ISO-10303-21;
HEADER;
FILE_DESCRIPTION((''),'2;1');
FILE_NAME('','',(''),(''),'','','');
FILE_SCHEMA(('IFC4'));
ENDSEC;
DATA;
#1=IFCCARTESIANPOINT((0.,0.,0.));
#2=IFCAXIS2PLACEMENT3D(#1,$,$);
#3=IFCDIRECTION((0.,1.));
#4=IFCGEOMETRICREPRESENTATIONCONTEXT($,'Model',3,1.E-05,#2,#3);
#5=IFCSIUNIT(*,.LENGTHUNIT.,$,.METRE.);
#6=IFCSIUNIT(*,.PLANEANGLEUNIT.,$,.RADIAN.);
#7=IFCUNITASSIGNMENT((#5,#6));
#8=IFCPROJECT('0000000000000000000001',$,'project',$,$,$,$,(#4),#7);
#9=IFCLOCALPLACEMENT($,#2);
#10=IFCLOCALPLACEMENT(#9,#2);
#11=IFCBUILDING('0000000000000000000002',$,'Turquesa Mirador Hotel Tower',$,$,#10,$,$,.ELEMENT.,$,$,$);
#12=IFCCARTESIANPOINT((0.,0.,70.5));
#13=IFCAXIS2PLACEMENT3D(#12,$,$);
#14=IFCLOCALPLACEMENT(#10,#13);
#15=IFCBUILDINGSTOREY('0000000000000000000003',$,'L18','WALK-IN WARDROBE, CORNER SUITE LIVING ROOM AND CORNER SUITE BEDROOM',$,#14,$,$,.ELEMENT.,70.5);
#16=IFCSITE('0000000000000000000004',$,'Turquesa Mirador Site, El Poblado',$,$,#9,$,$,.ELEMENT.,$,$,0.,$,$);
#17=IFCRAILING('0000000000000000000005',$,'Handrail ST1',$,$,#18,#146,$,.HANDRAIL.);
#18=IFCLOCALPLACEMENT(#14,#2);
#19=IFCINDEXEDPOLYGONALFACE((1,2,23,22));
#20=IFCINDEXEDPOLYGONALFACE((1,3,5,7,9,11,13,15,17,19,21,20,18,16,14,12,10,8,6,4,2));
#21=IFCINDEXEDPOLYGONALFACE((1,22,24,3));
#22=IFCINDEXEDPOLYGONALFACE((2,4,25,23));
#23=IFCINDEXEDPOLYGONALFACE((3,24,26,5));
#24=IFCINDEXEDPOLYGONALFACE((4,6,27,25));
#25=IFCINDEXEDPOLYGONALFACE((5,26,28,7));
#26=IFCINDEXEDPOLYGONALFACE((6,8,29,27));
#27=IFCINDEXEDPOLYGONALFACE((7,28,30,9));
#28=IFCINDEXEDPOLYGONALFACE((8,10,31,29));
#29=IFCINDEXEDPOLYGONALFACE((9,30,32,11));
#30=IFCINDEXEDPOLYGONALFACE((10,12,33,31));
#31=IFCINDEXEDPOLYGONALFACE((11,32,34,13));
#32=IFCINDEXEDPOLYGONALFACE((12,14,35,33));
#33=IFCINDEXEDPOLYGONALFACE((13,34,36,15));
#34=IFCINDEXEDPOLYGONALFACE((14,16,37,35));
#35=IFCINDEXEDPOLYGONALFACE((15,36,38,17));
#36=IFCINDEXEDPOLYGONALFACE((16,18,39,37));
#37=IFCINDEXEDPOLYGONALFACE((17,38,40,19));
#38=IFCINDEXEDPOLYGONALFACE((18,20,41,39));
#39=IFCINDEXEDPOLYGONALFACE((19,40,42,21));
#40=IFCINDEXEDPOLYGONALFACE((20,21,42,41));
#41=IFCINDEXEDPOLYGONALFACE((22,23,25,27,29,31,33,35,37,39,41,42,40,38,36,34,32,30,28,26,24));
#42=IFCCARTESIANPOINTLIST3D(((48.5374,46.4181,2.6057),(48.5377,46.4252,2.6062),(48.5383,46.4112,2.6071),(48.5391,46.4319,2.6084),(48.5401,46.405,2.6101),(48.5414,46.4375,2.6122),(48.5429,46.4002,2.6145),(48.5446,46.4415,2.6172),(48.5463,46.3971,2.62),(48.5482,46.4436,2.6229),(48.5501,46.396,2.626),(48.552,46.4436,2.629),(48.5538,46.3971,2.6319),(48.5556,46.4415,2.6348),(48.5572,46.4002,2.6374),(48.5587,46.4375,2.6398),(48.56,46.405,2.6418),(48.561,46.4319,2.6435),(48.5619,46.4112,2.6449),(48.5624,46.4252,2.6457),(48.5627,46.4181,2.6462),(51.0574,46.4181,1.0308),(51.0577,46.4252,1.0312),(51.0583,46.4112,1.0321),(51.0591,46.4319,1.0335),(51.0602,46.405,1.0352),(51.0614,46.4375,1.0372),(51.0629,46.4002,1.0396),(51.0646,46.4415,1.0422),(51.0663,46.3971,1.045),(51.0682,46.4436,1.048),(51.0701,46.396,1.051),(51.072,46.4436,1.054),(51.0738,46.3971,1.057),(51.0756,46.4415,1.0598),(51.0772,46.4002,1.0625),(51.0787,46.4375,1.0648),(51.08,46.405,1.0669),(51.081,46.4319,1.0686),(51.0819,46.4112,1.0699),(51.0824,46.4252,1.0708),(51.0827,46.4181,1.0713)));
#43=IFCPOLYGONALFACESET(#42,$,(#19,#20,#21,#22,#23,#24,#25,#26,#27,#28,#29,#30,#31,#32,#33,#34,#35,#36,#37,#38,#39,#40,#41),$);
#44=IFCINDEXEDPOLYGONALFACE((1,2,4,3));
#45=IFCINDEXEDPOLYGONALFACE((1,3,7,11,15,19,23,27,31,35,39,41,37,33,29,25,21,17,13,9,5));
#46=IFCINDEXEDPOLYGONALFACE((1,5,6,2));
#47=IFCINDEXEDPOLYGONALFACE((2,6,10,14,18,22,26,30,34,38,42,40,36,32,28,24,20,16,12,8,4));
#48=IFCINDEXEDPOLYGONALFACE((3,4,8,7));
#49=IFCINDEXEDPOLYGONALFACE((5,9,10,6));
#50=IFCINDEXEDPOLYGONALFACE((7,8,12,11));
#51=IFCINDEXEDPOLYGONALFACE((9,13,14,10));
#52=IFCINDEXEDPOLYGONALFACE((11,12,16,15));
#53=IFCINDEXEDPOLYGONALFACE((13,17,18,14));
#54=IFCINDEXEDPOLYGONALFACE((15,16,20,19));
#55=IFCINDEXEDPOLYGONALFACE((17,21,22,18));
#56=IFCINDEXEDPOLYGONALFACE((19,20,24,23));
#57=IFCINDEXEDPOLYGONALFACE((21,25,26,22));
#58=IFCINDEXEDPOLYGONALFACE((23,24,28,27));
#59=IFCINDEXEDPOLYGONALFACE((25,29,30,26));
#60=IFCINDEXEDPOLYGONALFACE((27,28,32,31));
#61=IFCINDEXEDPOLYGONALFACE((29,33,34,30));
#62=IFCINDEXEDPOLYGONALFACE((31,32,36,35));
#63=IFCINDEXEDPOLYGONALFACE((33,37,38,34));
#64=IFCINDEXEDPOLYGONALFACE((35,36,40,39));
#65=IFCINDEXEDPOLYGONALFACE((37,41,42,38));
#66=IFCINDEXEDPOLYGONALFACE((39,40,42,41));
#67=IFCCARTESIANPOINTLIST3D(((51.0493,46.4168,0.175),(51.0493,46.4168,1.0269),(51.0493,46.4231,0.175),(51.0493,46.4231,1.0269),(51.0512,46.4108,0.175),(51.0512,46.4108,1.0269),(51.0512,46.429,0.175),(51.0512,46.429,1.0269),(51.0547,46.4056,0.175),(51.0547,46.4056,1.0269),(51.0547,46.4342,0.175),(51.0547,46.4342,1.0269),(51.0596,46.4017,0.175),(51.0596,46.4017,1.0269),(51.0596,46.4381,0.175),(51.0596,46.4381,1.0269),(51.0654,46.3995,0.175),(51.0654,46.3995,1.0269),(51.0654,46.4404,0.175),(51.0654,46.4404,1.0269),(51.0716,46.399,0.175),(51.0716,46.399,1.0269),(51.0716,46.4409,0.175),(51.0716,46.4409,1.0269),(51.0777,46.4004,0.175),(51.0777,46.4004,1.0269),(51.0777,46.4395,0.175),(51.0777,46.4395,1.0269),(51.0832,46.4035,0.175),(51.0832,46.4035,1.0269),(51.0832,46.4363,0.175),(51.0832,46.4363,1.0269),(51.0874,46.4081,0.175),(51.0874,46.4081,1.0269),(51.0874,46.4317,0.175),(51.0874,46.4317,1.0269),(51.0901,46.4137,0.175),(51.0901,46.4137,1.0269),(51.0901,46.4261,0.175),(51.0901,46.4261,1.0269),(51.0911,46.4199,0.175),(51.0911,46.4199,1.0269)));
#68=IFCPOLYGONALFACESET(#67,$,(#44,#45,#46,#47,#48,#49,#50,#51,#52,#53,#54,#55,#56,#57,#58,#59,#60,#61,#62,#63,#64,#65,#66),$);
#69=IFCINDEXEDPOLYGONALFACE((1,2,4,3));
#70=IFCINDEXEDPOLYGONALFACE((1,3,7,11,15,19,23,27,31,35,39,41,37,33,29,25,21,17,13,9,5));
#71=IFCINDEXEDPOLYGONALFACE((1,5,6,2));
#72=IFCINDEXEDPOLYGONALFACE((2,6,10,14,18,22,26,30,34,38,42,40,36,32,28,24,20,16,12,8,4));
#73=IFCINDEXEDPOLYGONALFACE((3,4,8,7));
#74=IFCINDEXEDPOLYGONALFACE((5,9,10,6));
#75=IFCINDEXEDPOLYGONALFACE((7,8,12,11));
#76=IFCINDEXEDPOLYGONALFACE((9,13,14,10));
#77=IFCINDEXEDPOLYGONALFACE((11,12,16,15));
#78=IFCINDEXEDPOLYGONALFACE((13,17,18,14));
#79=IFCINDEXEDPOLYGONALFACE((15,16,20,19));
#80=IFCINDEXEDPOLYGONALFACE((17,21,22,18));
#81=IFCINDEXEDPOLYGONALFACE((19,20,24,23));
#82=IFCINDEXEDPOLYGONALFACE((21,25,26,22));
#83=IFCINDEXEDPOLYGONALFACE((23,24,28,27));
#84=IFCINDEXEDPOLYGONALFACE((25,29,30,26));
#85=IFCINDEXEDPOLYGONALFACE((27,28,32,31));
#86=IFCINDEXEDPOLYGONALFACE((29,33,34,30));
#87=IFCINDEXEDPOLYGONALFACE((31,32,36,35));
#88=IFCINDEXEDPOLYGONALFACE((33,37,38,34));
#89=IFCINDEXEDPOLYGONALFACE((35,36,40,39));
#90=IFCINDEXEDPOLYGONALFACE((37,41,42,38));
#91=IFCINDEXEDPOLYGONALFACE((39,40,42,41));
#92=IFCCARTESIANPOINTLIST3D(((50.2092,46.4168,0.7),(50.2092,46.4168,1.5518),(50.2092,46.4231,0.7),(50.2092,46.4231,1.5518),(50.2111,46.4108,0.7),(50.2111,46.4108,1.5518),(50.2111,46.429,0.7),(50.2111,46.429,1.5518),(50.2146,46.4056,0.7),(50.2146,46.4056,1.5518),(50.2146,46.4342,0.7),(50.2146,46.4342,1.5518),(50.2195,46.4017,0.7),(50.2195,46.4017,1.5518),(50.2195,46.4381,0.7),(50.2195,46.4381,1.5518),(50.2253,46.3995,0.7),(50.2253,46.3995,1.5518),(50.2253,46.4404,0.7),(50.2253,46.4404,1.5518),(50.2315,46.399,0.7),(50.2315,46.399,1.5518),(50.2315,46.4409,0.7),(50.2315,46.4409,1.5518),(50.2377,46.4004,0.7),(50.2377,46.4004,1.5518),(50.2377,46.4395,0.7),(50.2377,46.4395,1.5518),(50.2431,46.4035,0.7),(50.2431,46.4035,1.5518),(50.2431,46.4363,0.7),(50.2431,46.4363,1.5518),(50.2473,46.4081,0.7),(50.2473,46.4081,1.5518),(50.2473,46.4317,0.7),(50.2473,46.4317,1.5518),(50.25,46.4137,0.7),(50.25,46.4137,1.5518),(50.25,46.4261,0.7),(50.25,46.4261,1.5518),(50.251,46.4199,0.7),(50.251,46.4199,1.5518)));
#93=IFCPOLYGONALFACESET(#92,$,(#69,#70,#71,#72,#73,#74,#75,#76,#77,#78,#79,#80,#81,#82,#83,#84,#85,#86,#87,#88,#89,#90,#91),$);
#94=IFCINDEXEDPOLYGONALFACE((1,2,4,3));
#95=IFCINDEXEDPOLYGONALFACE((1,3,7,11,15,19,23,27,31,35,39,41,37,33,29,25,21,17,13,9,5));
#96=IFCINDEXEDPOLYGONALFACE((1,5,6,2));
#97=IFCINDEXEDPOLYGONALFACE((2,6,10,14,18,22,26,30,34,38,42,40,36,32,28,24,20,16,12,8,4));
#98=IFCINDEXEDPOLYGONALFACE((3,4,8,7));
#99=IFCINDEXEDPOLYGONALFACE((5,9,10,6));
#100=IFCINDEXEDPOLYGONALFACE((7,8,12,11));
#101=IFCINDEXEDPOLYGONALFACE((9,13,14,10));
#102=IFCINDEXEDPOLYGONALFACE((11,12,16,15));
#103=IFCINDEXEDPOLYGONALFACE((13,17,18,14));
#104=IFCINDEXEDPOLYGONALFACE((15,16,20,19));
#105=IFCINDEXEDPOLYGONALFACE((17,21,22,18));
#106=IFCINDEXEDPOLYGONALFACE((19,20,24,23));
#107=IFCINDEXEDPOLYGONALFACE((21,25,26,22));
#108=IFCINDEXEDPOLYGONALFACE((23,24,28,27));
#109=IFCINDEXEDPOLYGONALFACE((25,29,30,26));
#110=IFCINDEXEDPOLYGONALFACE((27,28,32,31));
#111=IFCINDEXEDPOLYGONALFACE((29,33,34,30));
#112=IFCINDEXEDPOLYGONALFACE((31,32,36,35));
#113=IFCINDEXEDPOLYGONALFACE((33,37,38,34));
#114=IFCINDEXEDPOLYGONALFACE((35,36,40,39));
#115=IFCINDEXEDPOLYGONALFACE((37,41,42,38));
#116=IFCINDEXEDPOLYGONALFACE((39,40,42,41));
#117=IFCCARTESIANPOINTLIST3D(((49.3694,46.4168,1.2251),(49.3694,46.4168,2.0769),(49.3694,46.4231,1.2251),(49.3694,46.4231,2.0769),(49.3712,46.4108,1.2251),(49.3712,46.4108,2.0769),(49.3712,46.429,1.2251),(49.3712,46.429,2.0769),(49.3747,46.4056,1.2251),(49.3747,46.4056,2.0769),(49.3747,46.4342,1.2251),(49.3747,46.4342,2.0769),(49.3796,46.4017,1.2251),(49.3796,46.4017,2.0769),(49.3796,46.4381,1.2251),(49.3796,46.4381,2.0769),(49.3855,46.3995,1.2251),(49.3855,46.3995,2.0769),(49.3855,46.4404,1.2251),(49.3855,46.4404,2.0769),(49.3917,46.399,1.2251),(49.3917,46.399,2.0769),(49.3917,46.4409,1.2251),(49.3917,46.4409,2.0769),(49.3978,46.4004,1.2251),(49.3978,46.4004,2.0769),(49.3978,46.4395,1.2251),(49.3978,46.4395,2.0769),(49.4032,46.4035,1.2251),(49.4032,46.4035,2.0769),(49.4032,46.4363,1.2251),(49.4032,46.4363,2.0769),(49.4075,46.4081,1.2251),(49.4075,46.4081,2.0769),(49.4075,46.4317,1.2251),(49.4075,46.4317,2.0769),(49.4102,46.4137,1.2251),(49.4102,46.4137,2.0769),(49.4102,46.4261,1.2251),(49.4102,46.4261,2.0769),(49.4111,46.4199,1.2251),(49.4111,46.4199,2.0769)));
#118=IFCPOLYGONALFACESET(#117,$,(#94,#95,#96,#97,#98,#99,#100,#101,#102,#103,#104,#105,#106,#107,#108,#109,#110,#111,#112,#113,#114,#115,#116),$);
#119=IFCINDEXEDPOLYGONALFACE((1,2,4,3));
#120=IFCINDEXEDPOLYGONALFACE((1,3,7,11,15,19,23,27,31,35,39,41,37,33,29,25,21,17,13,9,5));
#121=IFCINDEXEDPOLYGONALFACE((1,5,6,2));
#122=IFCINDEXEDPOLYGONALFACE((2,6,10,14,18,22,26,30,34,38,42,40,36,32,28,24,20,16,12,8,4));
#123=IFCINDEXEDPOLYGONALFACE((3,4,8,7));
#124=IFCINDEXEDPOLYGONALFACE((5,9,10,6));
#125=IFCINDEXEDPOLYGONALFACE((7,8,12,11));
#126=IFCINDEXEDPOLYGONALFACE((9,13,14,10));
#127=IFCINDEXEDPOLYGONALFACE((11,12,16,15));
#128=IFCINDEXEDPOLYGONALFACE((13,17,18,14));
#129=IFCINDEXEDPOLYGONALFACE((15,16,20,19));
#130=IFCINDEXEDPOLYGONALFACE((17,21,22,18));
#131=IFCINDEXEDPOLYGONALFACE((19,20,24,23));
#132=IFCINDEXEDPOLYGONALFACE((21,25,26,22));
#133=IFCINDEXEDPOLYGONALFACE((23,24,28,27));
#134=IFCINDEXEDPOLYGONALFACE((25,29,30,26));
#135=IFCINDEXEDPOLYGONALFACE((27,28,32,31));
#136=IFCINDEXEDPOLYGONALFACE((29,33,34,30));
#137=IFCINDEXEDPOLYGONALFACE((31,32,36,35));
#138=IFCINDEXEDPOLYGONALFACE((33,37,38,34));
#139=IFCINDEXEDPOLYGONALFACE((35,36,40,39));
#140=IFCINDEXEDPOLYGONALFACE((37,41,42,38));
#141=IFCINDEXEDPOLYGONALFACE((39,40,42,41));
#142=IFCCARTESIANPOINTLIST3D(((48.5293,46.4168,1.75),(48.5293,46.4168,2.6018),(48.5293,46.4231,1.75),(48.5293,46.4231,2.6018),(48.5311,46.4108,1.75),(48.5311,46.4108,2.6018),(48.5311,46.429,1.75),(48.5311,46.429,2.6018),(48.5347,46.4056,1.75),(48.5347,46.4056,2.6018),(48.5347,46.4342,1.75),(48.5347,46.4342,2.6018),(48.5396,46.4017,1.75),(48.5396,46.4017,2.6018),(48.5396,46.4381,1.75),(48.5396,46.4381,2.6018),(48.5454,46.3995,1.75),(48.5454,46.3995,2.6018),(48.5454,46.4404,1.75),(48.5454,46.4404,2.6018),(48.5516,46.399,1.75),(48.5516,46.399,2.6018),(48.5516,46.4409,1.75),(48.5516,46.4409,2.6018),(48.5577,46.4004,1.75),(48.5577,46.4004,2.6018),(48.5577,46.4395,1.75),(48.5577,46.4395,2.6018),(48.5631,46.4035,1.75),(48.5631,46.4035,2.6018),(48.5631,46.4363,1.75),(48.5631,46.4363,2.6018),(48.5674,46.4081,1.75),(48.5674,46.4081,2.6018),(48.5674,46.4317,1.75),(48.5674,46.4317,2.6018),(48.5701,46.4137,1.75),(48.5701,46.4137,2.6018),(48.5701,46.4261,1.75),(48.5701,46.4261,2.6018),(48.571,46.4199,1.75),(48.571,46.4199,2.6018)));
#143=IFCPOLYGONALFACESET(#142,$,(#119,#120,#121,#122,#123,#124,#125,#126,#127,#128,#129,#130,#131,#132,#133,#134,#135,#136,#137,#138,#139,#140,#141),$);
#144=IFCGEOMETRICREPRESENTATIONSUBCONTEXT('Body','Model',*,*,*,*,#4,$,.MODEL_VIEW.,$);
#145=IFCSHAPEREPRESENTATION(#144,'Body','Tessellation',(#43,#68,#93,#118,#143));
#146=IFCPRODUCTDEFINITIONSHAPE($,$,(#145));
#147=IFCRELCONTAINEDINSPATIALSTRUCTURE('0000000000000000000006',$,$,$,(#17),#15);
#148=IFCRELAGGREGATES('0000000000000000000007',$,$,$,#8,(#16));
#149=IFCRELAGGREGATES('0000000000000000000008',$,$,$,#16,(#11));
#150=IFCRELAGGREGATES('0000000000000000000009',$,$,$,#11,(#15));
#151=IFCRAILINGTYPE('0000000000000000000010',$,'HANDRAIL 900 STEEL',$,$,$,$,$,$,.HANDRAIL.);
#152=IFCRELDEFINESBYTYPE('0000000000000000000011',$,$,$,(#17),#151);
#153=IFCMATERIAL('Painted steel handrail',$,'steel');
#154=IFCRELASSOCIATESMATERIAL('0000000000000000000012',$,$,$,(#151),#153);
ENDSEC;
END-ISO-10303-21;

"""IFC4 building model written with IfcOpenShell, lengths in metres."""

from ifc_helpers import new_model, si_unit, direction, frame, origin, origin_2d, place, context, subcontext, project, spatial, circle, extrude, material, type_object, element, save


model = new_model("IFC4")

# Units and contexts
model_context = context("Model", 3, precision=1e-05, world=origin(), true_north=direction((0.0, 1.0)))
body_context = subcontext(model_context, "Body", "Model", "MODEL_VIEW")
ifc_project = project(units=[si_unit("LENGTHUNIT", "METRE"), si_unit("PLANEANGLEUNIT", "RADIAN")], contexts=[model_context])

# Site, building, storey
site_placement = place(None, origin())
site = spatial("IfcSite", under=ifc_project, at=site_placement, Name="Turquesa Mirador Site, El Poblado", CompositionType="ELEMENT", RefElevation=0.0)
building_placement = place(site_placement, origin())
building = spatial("IfcBuilding", under=site, at=building_placement, Name="Turquesa Mirador Hotel Tower", CompositionType="ELEMENT")
storey_placement = place(building_placement, frame((0.0, 0.0, 70.5)))
storey = spatial("IfcBuildingStorey", under=building, at=storey_placement, Name="L18", Description="WALK-IN WARDROBE, CORNER SUITE LIVING ROOM AND CORNER SUITE BEDROOM", CompositionType="ELEMENT", Elevation=70.5)

# Railing
ifc_material_1 = material(Name="Painted steel handrail", Category="steel")
railing_type = type_object("IfcRailingType", Name="HANDRAIL 900 STEEL", PredefinedType="HANDRAIL", material=ifc_material_1)
railing_1_placement = place(storey_placement, frame((51.0701, 46.4199, 0.175)))
element("IfcRailing", 1, at=railing_1_placement, inside=storey, type_object=railing_type, Name="Handrail ST1", PredefinedType="HANDRAIL", context=body_context, shape_type="SweptSolid", body=[
    extrude(circle(Radius=0.0239, at=origin_2d()), frame((0.0, 0.0, 0.876), z_axis=(-0.848008, 0.0, 0.529984), x_axis=(0.0, -1.0, 0.0)), (0.0, 0.0, 1.0), 2.9717),
    extrude(circle(Radius=0.021, at=origin_2d()), origin(), (0.0, 0.0, 1.0), 0.8518),
    extrude(circle(Radius=0.021, at=origin_2d()), frame((-0.8401, 0.0, 0.5249)), (0.0, 0.0, 1.0), 0.8518),
    extrude(circle(Radius=0.021, at=origin_2d()), frame((-1.6799, 0.0, 1.05)), (0.0, 0.0, 1.0), 0.8518),
    extrude(circle(Radius=0.021, at=origin_2d()), frame((-2.52, 0.0, 1.575)), (0.0, 0.0, 1.0), 0.8518),
])

save(model, "model.ifc")
